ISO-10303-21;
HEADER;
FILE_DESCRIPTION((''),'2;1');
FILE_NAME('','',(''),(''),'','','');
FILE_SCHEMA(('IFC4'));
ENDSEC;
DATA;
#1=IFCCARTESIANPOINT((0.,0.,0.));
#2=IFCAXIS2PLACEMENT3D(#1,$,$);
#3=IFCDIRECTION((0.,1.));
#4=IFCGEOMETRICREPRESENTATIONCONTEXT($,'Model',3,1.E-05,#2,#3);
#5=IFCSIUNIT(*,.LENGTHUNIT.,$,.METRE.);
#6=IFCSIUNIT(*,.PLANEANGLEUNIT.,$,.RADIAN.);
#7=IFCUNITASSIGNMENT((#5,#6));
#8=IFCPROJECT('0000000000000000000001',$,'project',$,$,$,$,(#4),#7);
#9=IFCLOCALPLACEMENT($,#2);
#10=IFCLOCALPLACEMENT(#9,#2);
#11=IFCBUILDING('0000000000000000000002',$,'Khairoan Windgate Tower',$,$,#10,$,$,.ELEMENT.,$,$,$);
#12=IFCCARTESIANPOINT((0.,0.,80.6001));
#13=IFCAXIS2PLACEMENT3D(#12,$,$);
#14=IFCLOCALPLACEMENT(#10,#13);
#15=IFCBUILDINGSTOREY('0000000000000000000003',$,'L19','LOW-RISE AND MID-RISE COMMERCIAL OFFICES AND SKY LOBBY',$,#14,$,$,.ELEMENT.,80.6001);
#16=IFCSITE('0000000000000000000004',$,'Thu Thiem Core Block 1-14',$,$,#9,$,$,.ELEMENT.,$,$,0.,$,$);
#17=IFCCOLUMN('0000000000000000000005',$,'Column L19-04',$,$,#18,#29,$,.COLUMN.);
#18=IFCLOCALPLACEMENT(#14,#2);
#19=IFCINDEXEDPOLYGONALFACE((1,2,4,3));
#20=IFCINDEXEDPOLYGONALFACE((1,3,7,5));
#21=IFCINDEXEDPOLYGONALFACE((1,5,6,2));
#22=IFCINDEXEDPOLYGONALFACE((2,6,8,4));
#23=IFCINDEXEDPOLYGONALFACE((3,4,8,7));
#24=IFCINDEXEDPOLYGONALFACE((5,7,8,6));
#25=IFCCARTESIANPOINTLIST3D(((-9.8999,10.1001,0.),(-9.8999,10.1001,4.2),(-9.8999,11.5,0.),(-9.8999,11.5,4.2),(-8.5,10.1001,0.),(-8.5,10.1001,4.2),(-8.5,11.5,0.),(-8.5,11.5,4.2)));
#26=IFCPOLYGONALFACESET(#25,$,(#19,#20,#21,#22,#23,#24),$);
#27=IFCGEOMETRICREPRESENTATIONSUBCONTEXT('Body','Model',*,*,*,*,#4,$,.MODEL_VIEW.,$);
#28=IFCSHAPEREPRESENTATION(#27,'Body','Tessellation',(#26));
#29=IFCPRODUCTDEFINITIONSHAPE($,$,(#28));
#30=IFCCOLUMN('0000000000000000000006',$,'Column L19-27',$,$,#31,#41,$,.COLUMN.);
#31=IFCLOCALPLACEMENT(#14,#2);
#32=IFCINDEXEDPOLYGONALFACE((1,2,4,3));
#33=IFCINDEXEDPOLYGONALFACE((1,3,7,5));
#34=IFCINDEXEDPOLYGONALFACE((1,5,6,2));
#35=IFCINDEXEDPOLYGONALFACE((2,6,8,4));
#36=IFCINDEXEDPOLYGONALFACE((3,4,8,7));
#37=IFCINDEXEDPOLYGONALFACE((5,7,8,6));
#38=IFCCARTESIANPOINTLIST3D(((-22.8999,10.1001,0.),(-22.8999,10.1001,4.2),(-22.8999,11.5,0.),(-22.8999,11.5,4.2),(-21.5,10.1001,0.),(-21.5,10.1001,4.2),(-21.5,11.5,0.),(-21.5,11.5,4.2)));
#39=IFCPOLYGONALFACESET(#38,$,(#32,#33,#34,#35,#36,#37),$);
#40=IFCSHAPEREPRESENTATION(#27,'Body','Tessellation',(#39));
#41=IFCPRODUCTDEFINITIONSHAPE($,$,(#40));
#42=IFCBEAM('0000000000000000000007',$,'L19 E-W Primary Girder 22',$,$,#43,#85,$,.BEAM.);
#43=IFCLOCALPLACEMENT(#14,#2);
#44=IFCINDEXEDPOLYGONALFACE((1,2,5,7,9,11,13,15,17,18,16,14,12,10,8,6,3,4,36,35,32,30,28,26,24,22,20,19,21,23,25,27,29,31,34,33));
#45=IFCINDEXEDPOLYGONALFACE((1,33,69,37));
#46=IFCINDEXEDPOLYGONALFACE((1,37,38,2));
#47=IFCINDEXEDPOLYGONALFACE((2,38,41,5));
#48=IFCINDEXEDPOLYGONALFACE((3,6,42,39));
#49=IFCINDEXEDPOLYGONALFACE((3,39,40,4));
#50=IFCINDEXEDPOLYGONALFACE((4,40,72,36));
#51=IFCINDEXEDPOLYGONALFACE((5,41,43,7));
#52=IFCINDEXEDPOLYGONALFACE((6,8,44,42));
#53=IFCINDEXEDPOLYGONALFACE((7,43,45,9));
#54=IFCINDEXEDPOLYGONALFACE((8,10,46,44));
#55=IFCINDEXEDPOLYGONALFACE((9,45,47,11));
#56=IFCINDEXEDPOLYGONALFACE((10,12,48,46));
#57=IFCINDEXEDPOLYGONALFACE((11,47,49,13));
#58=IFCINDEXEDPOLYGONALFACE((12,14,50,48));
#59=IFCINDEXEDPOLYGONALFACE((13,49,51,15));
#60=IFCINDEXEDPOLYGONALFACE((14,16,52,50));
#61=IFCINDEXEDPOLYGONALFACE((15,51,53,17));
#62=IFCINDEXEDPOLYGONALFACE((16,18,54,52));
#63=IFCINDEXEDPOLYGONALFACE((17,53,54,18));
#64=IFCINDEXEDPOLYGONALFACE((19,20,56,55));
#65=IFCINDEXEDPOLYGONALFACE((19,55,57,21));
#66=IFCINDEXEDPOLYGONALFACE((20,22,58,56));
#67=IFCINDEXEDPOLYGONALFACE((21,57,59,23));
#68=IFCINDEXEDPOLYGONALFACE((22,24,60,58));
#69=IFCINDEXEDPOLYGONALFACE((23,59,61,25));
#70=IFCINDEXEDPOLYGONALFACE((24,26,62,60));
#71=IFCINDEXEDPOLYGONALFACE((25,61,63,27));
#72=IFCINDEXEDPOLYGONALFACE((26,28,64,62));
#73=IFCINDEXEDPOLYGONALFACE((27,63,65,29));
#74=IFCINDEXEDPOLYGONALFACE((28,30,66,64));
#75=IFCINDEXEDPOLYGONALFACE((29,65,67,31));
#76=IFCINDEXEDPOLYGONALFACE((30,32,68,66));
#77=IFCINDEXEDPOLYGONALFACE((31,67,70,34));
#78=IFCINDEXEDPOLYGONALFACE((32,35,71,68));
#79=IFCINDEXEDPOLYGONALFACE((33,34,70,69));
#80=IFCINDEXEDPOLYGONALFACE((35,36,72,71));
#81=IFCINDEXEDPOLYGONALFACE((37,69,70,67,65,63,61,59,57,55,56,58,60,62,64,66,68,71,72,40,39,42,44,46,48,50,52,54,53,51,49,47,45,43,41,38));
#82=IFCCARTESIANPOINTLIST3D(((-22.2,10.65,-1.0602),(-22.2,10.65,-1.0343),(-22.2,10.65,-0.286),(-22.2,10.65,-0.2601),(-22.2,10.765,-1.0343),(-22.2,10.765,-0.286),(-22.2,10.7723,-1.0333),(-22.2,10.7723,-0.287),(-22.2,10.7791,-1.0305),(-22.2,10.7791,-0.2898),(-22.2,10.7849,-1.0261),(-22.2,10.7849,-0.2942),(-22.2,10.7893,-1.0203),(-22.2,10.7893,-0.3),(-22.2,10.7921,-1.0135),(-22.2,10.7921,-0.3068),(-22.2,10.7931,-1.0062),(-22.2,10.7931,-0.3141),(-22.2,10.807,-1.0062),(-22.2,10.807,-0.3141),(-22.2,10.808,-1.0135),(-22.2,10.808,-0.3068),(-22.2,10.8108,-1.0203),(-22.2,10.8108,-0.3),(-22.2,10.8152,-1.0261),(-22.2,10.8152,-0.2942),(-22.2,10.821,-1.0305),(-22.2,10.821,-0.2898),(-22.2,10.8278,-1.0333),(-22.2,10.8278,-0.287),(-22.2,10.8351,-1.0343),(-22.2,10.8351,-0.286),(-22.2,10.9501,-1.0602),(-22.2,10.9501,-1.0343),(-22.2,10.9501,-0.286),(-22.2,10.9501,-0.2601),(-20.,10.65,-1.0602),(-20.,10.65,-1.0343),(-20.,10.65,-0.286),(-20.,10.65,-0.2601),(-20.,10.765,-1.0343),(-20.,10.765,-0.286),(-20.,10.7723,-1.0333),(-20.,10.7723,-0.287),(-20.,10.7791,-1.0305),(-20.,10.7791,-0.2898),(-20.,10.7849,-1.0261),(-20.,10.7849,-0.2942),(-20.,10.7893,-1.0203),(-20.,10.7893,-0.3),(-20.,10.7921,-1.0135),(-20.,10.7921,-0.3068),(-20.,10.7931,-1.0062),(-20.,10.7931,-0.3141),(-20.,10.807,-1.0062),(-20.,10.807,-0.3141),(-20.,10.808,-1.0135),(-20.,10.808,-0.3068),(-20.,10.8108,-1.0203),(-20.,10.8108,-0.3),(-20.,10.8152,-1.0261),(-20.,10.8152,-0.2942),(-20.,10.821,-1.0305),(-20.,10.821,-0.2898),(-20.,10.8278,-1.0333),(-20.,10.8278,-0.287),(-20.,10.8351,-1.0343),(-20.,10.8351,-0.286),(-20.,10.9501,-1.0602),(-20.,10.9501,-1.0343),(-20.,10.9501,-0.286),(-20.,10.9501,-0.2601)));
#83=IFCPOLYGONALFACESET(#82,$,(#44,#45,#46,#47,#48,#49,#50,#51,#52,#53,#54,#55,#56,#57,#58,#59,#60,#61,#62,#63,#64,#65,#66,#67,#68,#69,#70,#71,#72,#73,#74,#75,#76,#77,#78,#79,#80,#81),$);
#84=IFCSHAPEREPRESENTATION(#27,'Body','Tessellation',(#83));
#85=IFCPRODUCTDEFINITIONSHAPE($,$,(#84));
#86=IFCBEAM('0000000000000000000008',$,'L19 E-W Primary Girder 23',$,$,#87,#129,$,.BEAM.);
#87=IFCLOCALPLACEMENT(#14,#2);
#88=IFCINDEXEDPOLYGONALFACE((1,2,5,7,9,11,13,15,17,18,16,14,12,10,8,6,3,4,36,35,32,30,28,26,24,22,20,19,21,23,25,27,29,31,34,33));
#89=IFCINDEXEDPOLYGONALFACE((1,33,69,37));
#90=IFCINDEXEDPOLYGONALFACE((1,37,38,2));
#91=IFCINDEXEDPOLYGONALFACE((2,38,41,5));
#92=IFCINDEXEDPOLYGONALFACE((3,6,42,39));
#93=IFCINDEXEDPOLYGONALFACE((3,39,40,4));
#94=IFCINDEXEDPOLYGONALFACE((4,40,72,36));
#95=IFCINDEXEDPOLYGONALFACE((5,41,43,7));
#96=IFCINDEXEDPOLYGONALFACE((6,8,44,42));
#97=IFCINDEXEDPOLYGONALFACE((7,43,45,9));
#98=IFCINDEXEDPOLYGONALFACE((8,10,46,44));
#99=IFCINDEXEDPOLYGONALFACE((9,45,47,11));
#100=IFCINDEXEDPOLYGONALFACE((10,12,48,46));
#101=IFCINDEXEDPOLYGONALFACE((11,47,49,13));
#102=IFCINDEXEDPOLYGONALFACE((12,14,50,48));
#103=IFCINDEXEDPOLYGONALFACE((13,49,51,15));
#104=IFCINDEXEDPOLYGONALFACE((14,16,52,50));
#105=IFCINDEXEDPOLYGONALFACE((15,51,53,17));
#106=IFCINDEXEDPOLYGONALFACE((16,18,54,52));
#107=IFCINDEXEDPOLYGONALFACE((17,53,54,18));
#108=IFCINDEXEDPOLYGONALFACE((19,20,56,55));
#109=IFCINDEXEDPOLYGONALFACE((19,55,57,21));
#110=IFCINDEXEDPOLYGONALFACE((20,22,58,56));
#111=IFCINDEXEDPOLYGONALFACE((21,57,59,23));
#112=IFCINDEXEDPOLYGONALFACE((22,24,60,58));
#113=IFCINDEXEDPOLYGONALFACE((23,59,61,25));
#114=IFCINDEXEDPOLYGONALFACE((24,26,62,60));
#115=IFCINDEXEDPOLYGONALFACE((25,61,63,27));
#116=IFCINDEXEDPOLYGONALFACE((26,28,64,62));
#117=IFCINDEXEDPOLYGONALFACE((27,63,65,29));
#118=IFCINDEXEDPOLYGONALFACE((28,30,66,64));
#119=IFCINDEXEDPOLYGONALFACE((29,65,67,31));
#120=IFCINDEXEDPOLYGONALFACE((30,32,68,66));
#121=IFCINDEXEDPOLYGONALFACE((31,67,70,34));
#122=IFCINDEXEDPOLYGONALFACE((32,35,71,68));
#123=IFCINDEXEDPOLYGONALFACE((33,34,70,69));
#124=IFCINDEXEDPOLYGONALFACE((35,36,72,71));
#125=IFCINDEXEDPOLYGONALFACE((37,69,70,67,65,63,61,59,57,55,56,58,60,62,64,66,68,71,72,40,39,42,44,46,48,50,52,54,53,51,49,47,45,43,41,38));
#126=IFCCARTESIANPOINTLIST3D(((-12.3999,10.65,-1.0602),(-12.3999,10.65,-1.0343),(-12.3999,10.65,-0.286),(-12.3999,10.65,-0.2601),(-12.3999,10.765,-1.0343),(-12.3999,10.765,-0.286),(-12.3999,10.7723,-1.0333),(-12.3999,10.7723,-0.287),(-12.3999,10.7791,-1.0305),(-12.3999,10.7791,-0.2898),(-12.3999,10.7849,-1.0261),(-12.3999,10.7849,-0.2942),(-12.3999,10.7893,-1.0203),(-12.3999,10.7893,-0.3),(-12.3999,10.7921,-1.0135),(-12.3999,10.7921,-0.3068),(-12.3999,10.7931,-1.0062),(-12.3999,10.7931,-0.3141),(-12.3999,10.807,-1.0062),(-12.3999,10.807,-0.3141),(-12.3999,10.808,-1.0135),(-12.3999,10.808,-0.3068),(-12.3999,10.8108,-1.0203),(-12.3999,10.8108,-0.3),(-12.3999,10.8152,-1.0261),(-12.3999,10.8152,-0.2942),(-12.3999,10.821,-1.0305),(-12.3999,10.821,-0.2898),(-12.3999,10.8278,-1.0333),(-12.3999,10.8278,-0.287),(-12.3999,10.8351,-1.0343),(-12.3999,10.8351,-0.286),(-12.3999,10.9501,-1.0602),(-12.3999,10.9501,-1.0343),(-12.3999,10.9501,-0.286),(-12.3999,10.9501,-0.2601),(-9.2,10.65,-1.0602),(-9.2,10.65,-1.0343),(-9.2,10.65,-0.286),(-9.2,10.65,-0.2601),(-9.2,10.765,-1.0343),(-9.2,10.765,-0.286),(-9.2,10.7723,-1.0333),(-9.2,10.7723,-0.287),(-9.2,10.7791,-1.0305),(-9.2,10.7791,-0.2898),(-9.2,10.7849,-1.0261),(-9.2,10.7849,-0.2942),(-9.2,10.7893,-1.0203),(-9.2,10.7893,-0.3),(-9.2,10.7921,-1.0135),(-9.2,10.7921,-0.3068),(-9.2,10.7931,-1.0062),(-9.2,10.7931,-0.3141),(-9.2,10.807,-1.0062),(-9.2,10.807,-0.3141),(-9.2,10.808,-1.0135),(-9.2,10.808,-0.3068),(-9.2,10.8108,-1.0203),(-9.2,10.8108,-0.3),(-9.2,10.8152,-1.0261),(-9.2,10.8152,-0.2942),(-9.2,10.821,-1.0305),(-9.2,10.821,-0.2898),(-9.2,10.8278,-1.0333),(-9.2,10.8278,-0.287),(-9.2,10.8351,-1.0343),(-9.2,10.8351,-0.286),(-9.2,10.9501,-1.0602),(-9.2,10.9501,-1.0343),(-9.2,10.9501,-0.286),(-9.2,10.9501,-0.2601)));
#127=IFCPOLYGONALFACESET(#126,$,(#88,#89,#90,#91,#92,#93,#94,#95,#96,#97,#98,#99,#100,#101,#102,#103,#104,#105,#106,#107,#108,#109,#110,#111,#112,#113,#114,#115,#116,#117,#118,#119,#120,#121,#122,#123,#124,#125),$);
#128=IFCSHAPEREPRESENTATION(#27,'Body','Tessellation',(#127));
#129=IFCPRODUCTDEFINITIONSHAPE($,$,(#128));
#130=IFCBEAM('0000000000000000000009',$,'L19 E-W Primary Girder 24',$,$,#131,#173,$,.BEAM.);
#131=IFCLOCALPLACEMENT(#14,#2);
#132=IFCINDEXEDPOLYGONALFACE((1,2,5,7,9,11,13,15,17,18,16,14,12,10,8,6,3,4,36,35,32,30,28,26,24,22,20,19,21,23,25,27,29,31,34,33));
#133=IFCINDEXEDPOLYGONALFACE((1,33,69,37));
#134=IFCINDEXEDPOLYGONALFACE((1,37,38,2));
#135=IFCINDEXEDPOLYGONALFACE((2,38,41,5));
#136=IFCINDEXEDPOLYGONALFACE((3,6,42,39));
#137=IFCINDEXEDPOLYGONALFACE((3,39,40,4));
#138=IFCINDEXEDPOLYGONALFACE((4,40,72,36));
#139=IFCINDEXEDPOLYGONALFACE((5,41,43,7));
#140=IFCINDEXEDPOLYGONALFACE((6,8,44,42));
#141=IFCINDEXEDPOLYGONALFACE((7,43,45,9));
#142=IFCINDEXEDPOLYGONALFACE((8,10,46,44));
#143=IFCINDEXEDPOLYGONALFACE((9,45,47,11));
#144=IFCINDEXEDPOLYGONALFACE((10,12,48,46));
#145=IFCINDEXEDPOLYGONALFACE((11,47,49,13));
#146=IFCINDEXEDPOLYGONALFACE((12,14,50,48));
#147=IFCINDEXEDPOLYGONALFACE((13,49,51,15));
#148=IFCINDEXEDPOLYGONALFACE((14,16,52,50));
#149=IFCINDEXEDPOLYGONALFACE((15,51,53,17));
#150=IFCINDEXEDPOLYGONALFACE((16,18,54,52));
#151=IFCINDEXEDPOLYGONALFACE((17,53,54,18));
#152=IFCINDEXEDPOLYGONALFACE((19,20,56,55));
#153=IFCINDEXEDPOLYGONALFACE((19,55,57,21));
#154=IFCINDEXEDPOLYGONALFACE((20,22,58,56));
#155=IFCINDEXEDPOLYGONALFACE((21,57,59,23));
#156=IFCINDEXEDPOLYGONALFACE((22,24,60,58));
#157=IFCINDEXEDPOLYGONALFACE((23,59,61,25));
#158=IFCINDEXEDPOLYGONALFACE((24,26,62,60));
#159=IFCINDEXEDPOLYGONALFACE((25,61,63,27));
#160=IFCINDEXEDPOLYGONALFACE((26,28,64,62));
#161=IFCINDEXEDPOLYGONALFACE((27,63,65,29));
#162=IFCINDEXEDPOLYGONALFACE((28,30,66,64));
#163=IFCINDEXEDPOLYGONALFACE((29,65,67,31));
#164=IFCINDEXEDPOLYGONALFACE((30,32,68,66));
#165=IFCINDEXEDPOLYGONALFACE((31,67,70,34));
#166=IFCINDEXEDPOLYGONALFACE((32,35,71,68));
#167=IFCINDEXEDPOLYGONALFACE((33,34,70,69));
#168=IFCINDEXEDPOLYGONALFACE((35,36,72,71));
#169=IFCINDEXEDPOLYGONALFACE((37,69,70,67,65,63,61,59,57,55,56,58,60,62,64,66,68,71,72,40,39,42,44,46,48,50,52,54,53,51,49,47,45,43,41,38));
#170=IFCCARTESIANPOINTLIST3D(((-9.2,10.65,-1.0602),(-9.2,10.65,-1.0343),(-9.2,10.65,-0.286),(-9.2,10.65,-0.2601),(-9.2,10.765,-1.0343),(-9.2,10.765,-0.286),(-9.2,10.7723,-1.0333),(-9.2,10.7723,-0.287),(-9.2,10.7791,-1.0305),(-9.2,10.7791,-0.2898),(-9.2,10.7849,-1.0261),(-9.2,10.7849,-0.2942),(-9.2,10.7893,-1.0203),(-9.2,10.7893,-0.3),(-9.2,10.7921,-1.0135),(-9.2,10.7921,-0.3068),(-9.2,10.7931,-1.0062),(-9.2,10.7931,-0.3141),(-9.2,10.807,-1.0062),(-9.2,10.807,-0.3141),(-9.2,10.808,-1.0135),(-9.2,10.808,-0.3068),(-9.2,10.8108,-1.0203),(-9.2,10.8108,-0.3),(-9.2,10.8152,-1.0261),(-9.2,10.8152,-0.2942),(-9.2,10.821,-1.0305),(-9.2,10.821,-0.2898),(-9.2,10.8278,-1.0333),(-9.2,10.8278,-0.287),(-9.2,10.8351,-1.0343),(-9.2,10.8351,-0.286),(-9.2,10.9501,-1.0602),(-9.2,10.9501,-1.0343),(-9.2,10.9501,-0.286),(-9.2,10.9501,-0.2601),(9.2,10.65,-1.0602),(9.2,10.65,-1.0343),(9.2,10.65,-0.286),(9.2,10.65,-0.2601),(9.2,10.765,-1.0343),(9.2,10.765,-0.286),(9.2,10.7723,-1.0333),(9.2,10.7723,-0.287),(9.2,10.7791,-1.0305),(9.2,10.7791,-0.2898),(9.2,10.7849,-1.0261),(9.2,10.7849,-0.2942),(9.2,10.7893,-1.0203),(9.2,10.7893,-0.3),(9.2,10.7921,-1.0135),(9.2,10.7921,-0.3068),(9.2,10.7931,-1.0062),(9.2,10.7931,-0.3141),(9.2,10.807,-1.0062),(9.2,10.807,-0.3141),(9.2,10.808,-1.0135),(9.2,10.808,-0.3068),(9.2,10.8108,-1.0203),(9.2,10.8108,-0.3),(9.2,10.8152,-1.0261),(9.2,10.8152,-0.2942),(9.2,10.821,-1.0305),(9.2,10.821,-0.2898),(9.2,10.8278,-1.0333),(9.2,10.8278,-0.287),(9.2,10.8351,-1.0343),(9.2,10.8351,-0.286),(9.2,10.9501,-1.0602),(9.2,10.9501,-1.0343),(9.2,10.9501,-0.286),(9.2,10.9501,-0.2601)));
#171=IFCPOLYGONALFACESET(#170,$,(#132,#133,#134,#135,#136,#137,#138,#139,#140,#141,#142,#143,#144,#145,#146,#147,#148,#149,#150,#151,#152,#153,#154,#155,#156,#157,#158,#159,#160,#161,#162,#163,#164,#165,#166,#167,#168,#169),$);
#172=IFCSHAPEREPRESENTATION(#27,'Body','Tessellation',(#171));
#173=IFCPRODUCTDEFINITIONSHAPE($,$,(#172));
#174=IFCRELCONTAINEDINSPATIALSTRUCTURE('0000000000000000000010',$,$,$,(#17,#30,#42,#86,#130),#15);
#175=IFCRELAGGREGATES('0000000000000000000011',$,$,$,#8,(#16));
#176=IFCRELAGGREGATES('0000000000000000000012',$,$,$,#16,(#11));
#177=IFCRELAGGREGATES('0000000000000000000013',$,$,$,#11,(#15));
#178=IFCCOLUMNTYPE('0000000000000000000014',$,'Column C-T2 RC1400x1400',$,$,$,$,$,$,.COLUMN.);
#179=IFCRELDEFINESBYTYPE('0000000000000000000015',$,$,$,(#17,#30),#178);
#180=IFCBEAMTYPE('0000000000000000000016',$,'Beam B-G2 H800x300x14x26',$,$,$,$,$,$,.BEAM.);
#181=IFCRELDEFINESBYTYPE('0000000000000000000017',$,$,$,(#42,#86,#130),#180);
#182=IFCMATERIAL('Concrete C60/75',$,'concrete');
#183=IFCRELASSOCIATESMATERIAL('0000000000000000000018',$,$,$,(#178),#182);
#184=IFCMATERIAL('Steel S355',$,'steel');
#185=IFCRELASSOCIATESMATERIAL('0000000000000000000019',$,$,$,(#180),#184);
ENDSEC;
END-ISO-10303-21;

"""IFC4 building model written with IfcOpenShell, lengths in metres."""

from ifc_helpers import new_model, si_unit, direction, frame, origin, origin_2d, place, context, subcontext, project, spatial, rectangle, i_section, extrude, material, material_profile, profile_set, type_object, element, save


model = new_model("IFC4")

# Units and contexts
model_context = context("Model", 3, precision=1e-05, world=origin(), true_north=direction((0.0, 1.0)))
body_context = subcontext(model_context, "Body", "Model", "MODEL_VIEW")
ifc_project = project(units=[si_unit("LENGTHUNIT", "METRE"), si_unit("PLANEANGLEUNIT", "RADIAN")], contexts=[model_context])

# Site, building, storey
site_placement = place(None, origin())
site = spatial("IfcSite", under=ifc_project, at=site_placement, Name="Thu Thiem Core Block 1-14", CompositionType="ELEMENT", RefElevation=0.0)
building_placement = place(site_placement, origin())
building = spatial("IfcBuilding", under=site, at=building_placement, Name="Khairoan Windgate Tower", CompositionType="ELEMENT")
storey_placement = place(building_placement, frame((0.0, 0.0, 80.6001)))
storey = spatial("IfcBuildingStorey", under=building, at=storey_placement, Name="L19", Description="LOW-RISE AND MID-RISE COMMERCIAL OFFICES AND SKY LOBBY", CompositionType="ELEMENT", Elevation=80.6001)

# Columns
ifc_material_1 = material(Name="Concrete C60/75", Category="concrete")
ifc_material_profile_1 = material_profile(ifc_material_1, rectangle(XDim=1.3999, YDim=1.3999, at=origin_2d()))
ifc_profile_set_1 = profile_set([ifc_material_profile_1], Name="Concrete C60/75")
column_type = type_object("IfcColumnType", Name="Column C-T2 RC1400x1400", PredefinedType="COLUMN", material=ifc_profile_set_1)
for number, where, z_axis, x_axis, name in (
    (1, (-9.2, 10.8, 0.0), (0.0, 0.0, 1.0), (1.0, 0.0, 0.0), "Column L19-04"),
    (2, (-22.2, 10.8, 0.0), (0.0, 0.0, 1.0), (1.0, 0.0, 0.0), "Column L19-27"),
):
    element("IfcColumn", number, at=place(storey_placement, frame(where, z_axis=z_axis, x_axis=x_axis)), inside=storey, type_object=column_type, Name=name, PredefinedType="COLUMN", context=body_context, shape_type="SweptSolid", body=[
        extrude(rectangle(XDim=1.3999, YDim=1.3999, at=origin_2d()), origin(), (0.0, 0.0, 1.0), 4.2),
    ])

# Beams
ifc_material_2 = material(Name="Steel S355", Category="steel")
ifc_material_profile_2 = material_profile(ifc_material_2, i_section(OverallWidth=0.3, OverallDepth=0.8, WebThickness=0.0139, FlangeThickness=0.0259, FilletRadius=0.0281, at=origin_2d()))
ifc_profile_set_2 = profile_set([ifc_material_profile_2], Name="Steel S355")
beam_type_1 = type_object("IfcBeamType", Name="Beam B-G2 H800x300x14x26", PredefinedType="BEAM", material=ifc_profile_set_2)
beam_1_placement = place(storey_placement, frame((-22.2, 10.8, -0.6602), z_axis=(1.0, 0.0, 0.0), x_axis=(0.0, 1.0, 0.0)))
element("IfcBeam", 3, at=beam_1_placement, inside=storey, type_object=beam_type_1, Name="L19 E-W Primary Girder 22", PredefinedType="BEAM", context=body_context, shape_type="SweptSolid", body=[
    extrude(i_section(OverallWidth=0.3, OverallDepth=0.8, WebThickness=0.0139, FlangeThickness=0.0259, FilletRadius=0.0281, at=origin_2d()), origin(), (0.0, 0.0, 1.0), 2.2),
])
beam_2_placement = place(storey_placement, frame((-12.3999, 10.8, -0.6602), z_axis=(1.0, 0.0, 0.0), x_axis=(0.0, 1.0, 0.0)))
element("IfcBeam", 4, at=beam_2_placement, inside=storey, type_object=beam_type_1, Name="L19 E-W Primary Girder 23", PredefinedType="BEAM", context=body_context, shape_type="SweptSolid", body=[
    extrude(i_section(OverallWidth=0.3, OverallDepth=0.8, WebThickness=0.0139, FlangeThickness=0.0259, FilletRadius=0.0281, at=origin_2d()), origin(), (0.0, 0.0, 1.0), 3.2),
])
beam_3_placement = place(storey_placement, frame((-9.2, 10.8, -0.6602), z_axis=(1.0, 0.0, 0.0), x_axis=(0.0, 1.0, 0.0)))
element("IfcBeam", 5, at=beam_3_placement, inside=storey, type_object=beam_type_1, Name="L19 E-W Primary Girder 24", PredefinedType="BEAM", context=body_context, shape_type="SweptSolid", body=[
    extrude(i_section(OverallWidth=0.3, OverallDepth=0.8, WebThickness=0.0139, FlangeThickness=0.0259, FilletRadius=0.0281, at=origin_2d()), origin(), (0.0, 0.0, 1.0), 18.3999),
])

save(model, "model.ifc")
